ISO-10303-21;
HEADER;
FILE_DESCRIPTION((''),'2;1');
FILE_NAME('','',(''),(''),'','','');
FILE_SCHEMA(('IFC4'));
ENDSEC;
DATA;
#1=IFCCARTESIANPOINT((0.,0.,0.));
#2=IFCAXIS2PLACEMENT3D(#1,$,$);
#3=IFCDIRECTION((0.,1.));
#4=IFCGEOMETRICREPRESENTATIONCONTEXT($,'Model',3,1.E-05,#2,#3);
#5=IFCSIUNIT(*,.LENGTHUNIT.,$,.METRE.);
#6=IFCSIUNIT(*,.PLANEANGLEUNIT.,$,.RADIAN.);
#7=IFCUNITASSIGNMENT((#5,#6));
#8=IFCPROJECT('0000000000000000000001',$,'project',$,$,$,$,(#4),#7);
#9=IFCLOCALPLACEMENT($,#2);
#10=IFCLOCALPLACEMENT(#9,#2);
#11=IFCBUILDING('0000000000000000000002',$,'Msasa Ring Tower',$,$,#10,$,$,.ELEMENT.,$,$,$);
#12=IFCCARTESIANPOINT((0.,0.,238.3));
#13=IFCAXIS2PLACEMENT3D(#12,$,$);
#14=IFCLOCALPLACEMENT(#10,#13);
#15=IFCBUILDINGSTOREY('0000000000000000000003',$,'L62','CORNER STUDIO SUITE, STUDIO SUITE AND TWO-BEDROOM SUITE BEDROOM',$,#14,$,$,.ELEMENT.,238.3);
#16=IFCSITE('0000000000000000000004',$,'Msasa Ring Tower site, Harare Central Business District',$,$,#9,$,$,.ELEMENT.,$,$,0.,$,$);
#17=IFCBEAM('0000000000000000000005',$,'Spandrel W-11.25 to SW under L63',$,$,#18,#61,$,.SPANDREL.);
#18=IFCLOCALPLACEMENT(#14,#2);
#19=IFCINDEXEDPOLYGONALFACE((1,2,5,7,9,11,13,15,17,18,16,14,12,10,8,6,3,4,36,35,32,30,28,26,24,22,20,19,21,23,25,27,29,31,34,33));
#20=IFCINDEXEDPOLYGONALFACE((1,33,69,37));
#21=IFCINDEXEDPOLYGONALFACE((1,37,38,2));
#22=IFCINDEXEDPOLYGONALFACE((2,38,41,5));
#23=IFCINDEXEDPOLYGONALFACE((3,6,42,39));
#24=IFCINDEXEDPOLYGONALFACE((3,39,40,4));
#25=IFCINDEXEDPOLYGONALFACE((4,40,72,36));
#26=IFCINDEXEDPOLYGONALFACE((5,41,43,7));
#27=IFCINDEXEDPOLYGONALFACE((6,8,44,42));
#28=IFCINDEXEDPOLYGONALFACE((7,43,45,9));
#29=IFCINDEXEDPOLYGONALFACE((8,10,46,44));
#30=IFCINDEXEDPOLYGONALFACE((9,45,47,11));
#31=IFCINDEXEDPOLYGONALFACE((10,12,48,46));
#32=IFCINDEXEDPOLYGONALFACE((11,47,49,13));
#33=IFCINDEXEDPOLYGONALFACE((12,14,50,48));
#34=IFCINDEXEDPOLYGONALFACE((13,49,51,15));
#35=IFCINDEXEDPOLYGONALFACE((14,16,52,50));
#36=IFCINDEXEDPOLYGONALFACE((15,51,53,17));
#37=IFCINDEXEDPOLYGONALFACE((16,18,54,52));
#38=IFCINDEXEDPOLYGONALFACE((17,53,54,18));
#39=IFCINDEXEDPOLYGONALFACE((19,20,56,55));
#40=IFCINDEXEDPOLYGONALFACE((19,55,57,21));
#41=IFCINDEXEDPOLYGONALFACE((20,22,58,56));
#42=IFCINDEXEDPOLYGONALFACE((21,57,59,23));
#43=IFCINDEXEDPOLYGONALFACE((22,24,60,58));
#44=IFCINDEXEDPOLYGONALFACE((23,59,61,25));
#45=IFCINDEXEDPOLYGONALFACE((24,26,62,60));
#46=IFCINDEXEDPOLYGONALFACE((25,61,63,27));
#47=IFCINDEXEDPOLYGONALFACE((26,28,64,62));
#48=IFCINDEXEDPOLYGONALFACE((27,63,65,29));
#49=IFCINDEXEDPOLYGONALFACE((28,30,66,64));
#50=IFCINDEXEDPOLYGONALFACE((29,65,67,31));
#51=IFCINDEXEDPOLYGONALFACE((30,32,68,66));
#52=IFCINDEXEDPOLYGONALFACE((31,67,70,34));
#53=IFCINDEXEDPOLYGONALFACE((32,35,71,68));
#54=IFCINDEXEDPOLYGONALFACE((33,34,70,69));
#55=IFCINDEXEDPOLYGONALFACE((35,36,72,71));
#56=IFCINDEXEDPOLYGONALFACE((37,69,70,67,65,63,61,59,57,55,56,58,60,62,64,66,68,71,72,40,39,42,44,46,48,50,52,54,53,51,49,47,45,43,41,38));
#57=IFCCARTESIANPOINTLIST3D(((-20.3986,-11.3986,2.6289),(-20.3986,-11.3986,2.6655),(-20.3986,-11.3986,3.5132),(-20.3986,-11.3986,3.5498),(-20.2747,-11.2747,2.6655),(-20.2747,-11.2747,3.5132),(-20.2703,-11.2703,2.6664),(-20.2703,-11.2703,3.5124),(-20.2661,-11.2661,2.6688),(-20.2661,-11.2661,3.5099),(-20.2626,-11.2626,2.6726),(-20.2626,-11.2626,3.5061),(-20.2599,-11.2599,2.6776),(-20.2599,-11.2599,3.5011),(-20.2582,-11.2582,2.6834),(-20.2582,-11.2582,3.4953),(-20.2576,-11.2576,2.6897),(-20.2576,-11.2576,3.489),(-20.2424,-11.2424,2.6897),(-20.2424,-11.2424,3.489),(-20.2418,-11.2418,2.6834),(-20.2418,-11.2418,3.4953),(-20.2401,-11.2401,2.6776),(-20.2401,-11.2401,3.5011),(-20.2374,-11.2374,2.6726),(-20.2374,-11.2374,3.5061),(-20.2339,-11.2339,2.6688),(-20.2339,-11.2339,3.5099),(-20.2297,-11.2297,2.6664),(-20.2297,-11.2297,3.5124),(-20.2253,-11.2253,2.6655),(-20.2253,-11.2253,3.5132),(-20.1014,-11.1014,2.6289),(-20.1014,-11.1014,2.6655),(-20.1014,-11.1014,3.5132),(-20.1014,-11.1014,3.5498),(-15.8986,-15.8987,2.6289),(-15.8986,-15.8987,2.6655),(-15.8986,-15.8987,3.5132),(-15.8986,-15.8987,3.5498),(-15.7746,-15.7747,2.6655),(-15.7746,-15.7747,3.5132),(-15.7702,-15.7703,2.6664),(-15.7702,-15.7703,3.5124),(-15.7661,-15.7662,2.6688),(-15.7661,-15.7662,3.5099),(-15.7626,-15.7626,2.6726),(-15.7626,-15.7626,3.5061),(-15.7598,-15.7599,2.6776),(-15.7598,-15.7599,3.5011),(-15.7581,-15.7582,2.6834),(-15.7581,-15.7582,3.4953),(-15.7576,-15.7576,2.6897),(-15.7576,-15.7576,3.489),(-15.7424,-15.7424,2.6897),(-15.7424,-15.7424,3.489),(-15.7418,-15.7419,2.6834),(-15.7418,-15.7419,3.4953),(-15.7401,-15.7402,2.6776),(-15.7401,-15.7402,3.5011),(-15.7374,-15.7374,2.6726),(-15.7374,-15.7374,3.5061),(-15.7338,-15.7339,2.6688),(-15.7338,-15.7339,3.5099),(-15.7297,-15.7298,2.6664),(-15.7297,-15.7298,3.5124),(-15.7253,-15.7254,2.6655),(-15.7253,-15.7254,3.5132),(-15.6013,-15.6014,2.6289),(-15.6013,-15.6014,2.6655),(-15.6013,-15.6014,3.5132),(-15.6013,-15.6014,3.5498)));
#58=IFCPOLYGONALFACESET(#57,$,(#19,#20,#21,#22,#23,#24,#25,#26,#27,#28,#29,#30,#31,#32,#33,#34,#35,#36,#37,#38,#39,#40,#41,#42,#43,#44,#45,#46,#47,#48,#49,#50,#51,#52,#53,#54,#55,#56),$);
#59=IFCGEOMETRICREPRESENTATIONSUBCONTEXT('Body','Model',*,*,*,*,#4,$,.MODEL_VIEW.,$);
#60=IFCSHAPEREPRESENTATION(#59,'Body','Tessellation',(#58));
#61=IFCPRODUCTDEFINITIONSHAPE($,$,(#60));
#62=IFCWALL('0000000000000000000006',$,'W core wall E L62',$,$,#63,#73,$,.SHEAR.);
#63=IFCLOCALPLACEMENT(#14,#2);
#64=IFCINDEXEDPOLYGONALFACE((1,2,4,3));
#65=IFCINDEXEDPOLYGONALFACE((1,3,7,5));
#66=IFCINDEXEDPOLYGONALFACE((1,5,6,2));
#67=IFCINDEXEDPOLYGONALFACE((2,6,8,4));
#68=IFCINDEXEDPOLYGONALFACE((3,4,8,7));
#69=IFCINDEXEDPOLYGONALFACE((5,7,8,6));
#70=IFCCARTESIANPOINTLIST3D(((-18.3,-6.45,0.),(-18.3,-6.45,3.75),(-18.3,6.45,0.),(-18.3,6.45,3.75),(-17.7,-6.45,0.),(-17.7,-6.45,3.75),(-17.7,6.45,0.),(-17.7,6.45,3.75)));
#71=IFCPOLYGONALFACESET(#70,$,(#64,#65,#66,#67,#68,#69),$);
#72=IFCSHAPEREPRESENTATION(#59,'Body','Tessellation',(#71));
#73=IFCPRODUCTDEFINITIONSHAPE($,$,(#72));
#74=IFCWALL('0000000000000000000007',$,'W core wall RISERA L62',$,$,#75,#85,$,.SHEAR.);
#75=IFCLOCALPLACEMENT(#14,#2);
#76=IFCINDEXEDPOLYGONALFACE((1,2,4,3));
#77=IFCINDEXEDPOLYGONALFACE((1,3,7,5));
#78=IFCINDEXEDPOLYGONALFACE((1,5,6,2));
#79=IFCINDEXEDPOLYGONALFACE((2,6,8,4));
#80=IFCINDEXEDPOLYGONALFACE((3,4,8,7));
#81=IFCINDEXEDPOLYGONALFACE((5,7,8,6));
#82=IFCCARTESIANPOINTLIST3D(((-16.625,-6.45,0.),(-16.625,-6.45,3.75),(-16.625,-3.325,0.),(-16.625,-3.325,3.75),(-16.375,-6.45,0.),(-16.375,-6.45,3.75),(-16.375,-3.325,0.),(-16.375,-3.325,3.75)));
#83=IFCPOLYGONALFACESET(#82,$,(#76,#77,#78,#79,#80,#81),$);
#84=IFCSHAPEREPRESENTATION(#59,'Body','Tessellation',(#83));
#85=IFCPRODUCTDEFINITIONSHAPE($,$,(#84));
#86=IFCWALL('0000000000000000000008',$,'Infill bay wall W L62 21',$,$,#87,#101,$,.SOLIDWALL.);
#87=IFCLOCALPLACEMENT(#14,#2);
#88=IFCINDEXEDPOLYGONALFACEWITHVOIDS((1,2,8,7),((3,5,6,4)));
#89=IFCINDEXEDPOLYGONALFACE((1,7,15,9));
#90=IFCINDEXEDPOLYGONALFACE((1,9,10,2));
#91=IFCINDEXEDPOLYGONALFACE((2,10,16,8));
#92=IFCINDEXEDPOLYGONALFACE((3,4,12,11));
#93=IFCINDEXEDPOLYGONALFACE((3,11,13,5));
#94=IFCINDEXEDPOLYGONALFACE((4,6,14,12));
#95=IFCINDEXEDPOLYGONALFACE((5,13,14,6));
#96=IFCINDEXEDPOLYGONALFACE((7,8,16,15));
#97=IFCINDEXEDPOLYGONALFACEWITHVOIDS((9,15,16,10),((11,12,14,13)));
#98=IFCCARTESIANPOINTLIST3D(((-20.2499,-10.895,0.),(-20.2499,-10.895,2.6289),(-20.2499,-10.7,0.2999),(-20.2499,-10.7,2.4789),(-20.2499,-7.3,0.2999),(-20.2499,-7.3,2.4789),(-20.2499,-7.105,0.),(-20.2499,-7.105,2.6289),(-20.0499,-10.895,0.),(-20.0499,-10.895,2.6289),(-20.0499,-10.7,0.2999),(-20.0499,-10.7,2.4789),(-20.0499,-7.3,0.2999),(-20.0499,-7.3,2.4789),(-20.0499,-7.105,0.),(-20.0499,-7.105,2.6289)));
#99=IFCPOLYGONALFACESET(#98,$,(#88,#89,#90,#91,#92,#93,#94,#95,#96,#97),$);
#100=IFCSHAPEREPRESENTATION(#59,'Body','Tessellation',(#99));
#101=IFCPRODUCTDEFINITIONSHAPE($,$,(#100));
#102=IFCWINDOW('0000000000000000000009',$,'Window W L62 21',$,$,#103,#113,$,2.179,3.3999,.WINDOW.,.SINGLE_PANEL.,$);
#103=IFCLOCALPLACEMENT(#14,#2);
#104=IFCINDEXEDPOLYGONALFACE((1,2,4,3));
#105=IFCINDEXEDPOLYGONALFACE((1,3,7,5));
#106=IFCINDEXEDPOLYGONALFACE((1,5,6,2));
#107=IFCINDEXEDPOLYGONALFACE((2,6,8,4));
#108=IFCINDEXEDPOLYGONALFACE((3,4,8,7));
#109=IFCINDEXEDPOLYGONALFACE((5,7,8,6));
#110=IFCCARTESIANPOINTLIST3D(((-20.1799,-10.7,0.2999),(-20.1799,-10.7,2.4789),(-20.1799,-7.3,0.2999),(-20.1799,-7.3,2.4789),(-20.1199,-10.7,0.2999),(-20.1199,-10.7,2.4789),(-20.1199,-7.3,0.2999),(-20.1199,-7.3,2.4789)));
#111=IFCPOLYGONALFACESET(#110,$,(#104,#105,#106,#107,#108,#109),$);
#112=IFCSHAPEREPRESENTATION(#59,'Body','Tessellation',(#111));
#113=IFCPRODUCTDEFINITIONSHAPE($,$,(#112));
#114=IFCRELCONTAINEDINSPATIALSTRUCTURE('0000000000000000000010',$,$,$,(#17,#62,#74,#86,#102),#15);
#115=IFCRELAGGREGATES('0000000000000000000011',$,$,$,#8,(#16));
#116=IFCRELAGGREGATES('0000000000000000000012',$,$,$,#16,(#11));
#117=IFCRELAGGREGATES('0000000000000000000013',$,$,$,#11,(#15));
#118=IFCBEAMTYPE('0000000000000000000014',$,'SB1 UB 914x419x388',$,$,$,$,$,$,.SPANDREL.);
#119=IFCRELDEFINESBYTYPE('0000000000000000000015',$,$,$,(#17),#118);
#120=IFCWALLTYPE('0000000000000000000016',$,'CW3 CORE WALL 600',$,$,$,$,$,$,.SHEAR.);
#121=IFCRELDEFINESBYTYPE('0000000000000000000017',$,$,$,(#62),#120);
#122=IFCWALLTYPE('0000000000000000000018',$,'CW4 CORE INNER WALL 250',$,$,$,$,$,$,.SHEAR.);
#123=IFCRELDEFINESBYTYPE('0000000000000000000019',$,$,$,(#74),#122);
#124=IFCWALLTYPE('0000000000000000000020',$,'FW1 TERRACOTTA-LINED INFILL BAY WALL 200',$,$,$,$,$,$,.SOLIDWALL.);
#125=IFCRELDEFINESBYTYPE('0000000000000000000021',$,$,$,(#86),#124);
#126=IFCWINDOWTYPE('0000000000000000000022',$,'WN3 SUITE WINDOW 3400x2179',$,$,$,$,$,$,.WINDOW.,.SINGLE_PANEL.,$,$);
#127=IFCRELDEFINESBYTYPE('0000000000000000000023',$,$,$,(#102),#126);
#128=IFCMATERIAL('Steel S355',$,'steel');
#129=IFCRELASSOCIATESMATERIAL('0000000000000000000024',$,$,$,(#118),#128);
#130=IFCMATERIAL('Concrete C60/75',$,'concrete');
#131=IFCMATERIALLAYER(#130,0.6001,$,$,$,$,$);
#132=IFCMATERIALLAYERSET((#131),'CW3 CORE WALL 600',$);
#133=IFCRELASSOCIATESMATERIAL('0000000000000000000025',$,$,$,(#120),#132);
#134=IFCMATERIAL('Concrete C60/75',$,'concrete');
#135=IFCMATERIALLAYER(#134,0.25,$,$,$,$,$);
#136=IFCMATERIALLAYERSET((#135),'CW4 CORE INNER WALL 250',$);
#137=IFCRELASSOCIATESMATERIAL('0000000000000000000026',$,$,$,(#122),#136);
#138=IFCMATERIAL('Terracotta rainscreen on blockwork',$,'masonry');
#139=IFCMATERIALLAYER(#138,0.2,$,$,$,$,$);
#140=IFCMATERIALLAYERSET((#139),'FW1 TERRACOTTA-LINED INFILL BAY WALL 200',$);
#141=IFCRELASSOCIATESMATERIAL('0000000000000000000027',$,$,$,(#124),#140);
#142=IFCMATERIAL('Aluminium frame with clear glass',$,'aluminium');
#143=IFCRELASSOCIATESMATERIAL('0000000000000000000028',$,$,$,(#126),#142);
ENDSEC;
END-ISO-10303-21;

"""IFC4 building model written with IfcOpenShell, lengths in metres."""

from ifc_helpers import new_model, si_unit, direction, frame, frame_2d, origin, origin_2d, place, context, subcontext, project, spatial, rectangle, i_section, extrude, material, layer, layer_set, material_profile, profile_set, type_object, element, fill, save


model = new_model("IFC4")

# Units and contexts
model_context = context("Model", 3, precision=1e-05, world=origin(), true_north=direction((0.0, 1.0)))
body_context = subcontext(model_context, "Body", "Model", "MODEL_VIEW")
ifc_project = project(units=[si_unit("LENGTHUNIT", "METRE"), si_unit("PLANEANGLEUNIT", "RADIAN")], contexts=[model_context])

# Site, building, storey
site_placement = place(None, origin())
site = spatial("IfcSite", under=ifc_project, at=site_placement, Name="Msasa Ring Tower site, Harare Central Business District", CompositionType="ELEMENT", RefElevation=0.0)
building_placement = place(site_placement, origin())
building = spatial("IfcBuilding", under=site, at=building_placement, Name="Msasa Ring Tower", CompositionType="ELEMENT")
storey_placement = place(building_placement, frame((0.0, 0.0, 238.3)))
storey = spatial("IfcBuildingStorey", under=building, at=storey_placement, Name="L62", Description="CORNER STUDIO SUITE, STUDIO SUITE AND TWO-BEDROOM SUITE BEDROOM", CompositionType="ELEMENT", Elevation=238.3)

# Beam
ifc_material_1 = material(Name="Steel S355", Category="steel")
ifc_material_profile_1 = material_profile(ifc_material_1, i_section(OverallWidth=0.4204, OverallDepth=0.9209, WebThickness=0.0215, FlangeThickness=0.0366, FilletRadius=0.0242, at=origin_2d()), Name="UB 914x419x388")
ifc_profile_set_1 = profile_set([ifc_material_profile_1], Name="Steel S355")
beam_type_1 = type_object("IfcBeamType", Name="SB1 UB 914x419x388", PredefinedType="SPANDREL", material=ifc_profile_set_1)
beam_1_placement = place(storey_placement, frame((-20.25, -11.25, 3.0894), z_axis=(0.707107, -0.707107, 0.0), x_axis=(0.707107, 0.707107, 0.0)))
element("IfcBeam", 1, at=beam_1_placement, inside=storey, type_object=beam_type_1, Name="Spandrel W-11.25 to SW under L63", PredefinedType="SPANDREL", context=body_context, shape_type="SweptSolid", body=[
    extrude(i_section(OverallWidth=0.4204, OverallDepth=0.9209, WebThickness=0.0215, FlangeThickness=0.0366, FilletRadius=0.0242, at=origin_2d()), origin(), (0.0, 0.0, 1.0), 6.364),
])

# Walls
ifc_material_2 = material(Name="Concrete C60/75", Category="concrete")
ifc_layer_1 = layer(ifc_material_2, 0.6001)
ifc_layer_set_1 = layer_set([ifc_layer_1], Name="CW3 CORE WALL 600")
wall_type_1 = type_object("IfcWallType", Name="CW3 CORE WALL 600", PredefinedType="SHEAR", material=ifc_layer_set_1)
wall_1_placement = place(storey_placement, frame((-18.0, -6.45, 0.0), z_axis=(0.0, 0.0, 1.0), x_axis=(0.0, 1.0, 0.0)))
element("IfcWall", 2, at=wall_1_placement, inside=storey, type_object=wall_type_1, Name="W core wall E L62", PredefinedType="SHEAR", context=body_context, shape_type="SweptSolid", body=[
    extrude(rectangle(XDim=12.8999, YDim=0.6001, at=frame_2d((6.45, 0.0))), origin(), (0.0, 0.0, 1.0), 3.75),
])
ifc_material_3 = material(Name="Concrete C60/75", Category="concrete")
ifc_layer_2 = layer(ifc_material_3, 0.25)
ifc_layer_set_2 = layer_set([ifc_layer_2], Name="CW4 CORE INNER WALL 250")
wall_type_2 = type_object("IfcWallType", Name="CW4 CORE INNER WALL 250", PredefinedType="SHEAR", material=ifc_layer_set_2)
wall_2_placement = place(storey_placement, frame((-16.5, -6.45, 0.0), z_axis=(0.0, 0.0, 1.0), x_axis=(0.0, 1.0, 0.0)))
element("IfcWall", 3, at=wall_2_placement, inside=storey, type_object=wall_type_2, Name="W core wall RISERA L62", PredefinedType="SHEAR", context=body_context, shape_type="SweptSolid", body=[
    extrude(rectangle(XDim=3.125, YDim=0.25, at=frame_2d((1.5625, 0.0))), origin(), (0.0, 0.0, 1.0), 3.75),
])

# Wall, opening, window
ifc_material_4 = material(Name="Terracotta rainscreen on blockwork", Category="masonry")
ifc_layer_3 = layer(ifc_material_4, 0.2)
ifc_layer_set_3 = layer_set([ifc_layer_3], Name="FW1 TERRACOTTA-LINED INFILL BAY WALL 200")
wall_type_3 = type_object("IfcWallType", Name="FW1 TERRACOTTA-LINED INFILL BAY WALL 200", PredefinedType="SOLIDWALL", material=ifc_layer_set_3)
wall_3_placement = place(storey_placement, frame((-20.1499, -10.895, 0.0), z_axis=(0.0, 0.0, 1.0), x_axis=(0.0, 1.0, 0.0)))
wall_3 = element("IfcWall", 4, at=wall_3_placement, inside=storey, type_object=wall_type_3, Name="Infill bay wall W L62 21", PredefinedType="SOLIDWALL", context=body_context, shape_type="SweptSolid", body=[
    extrude(rectangle(XDim=3.79, YDim=0.2, at=frame_2d((1.895, 0.0))), origin(), (0.0, 0.0, 1.0), 2.6289),
])
opening_1_placement = place(wall_3_placement, frame((0.1951, 0.0, 0.3)))
opening_1 = element("IfcOpeningElement", 5, at=opening_1_placement, cuts=wall_3, PredefinedType="OPENING", context=body_context, shape_type="SweptSolid", body=[
    extrude(rectangle(XDim=3.3999, YDim=2.179, at=frame_2d((1.7, 1.0894))), frame((0.0, 0.1099, 0.0), z_axis=(0.0, -1.0, 0.0), x_axis=(1.0, 0.0, 0.0)), (0.0, 0.0, 1.0), 0.22),
])
ifc_material_5 = material(Name="Aluminium frame with clear glass", Category="aluminium")
window_type = type_object("IfcWindowType", Name="WN3 SUITE WINDOW 3400x2179", PartitioningType="SINGLE_PANEL", PredefinedType="WINDOW", material=ifc_material_5)
window_placement = place(opening_1_placement, origin())
window = element("IfcWindow", 6, at=window_placement, inside=storey, type_object=window_type, Name="Window W L62 21", OverallHeight=2.179, OverallWidth=3.3999, PartitioningType="SINGLE_PANEL", PredefinedType="WINDOW", context=body_context, shape_type="SweptSolid", body=[
    extrude(rectangle(XDim=3.3999, YDim=2.179, at=frame_2d((1.7, 1.0894))), frame((0.0, 0.03, 0.0), z_axis=(0.0, -1.0, 0.0), x_axis=(1.0, 0.0, 0.0)), (0.0, 0.0, 1.0), 0.0601),
])
fill(opening_1, window)

save(model, "model.ifc")
